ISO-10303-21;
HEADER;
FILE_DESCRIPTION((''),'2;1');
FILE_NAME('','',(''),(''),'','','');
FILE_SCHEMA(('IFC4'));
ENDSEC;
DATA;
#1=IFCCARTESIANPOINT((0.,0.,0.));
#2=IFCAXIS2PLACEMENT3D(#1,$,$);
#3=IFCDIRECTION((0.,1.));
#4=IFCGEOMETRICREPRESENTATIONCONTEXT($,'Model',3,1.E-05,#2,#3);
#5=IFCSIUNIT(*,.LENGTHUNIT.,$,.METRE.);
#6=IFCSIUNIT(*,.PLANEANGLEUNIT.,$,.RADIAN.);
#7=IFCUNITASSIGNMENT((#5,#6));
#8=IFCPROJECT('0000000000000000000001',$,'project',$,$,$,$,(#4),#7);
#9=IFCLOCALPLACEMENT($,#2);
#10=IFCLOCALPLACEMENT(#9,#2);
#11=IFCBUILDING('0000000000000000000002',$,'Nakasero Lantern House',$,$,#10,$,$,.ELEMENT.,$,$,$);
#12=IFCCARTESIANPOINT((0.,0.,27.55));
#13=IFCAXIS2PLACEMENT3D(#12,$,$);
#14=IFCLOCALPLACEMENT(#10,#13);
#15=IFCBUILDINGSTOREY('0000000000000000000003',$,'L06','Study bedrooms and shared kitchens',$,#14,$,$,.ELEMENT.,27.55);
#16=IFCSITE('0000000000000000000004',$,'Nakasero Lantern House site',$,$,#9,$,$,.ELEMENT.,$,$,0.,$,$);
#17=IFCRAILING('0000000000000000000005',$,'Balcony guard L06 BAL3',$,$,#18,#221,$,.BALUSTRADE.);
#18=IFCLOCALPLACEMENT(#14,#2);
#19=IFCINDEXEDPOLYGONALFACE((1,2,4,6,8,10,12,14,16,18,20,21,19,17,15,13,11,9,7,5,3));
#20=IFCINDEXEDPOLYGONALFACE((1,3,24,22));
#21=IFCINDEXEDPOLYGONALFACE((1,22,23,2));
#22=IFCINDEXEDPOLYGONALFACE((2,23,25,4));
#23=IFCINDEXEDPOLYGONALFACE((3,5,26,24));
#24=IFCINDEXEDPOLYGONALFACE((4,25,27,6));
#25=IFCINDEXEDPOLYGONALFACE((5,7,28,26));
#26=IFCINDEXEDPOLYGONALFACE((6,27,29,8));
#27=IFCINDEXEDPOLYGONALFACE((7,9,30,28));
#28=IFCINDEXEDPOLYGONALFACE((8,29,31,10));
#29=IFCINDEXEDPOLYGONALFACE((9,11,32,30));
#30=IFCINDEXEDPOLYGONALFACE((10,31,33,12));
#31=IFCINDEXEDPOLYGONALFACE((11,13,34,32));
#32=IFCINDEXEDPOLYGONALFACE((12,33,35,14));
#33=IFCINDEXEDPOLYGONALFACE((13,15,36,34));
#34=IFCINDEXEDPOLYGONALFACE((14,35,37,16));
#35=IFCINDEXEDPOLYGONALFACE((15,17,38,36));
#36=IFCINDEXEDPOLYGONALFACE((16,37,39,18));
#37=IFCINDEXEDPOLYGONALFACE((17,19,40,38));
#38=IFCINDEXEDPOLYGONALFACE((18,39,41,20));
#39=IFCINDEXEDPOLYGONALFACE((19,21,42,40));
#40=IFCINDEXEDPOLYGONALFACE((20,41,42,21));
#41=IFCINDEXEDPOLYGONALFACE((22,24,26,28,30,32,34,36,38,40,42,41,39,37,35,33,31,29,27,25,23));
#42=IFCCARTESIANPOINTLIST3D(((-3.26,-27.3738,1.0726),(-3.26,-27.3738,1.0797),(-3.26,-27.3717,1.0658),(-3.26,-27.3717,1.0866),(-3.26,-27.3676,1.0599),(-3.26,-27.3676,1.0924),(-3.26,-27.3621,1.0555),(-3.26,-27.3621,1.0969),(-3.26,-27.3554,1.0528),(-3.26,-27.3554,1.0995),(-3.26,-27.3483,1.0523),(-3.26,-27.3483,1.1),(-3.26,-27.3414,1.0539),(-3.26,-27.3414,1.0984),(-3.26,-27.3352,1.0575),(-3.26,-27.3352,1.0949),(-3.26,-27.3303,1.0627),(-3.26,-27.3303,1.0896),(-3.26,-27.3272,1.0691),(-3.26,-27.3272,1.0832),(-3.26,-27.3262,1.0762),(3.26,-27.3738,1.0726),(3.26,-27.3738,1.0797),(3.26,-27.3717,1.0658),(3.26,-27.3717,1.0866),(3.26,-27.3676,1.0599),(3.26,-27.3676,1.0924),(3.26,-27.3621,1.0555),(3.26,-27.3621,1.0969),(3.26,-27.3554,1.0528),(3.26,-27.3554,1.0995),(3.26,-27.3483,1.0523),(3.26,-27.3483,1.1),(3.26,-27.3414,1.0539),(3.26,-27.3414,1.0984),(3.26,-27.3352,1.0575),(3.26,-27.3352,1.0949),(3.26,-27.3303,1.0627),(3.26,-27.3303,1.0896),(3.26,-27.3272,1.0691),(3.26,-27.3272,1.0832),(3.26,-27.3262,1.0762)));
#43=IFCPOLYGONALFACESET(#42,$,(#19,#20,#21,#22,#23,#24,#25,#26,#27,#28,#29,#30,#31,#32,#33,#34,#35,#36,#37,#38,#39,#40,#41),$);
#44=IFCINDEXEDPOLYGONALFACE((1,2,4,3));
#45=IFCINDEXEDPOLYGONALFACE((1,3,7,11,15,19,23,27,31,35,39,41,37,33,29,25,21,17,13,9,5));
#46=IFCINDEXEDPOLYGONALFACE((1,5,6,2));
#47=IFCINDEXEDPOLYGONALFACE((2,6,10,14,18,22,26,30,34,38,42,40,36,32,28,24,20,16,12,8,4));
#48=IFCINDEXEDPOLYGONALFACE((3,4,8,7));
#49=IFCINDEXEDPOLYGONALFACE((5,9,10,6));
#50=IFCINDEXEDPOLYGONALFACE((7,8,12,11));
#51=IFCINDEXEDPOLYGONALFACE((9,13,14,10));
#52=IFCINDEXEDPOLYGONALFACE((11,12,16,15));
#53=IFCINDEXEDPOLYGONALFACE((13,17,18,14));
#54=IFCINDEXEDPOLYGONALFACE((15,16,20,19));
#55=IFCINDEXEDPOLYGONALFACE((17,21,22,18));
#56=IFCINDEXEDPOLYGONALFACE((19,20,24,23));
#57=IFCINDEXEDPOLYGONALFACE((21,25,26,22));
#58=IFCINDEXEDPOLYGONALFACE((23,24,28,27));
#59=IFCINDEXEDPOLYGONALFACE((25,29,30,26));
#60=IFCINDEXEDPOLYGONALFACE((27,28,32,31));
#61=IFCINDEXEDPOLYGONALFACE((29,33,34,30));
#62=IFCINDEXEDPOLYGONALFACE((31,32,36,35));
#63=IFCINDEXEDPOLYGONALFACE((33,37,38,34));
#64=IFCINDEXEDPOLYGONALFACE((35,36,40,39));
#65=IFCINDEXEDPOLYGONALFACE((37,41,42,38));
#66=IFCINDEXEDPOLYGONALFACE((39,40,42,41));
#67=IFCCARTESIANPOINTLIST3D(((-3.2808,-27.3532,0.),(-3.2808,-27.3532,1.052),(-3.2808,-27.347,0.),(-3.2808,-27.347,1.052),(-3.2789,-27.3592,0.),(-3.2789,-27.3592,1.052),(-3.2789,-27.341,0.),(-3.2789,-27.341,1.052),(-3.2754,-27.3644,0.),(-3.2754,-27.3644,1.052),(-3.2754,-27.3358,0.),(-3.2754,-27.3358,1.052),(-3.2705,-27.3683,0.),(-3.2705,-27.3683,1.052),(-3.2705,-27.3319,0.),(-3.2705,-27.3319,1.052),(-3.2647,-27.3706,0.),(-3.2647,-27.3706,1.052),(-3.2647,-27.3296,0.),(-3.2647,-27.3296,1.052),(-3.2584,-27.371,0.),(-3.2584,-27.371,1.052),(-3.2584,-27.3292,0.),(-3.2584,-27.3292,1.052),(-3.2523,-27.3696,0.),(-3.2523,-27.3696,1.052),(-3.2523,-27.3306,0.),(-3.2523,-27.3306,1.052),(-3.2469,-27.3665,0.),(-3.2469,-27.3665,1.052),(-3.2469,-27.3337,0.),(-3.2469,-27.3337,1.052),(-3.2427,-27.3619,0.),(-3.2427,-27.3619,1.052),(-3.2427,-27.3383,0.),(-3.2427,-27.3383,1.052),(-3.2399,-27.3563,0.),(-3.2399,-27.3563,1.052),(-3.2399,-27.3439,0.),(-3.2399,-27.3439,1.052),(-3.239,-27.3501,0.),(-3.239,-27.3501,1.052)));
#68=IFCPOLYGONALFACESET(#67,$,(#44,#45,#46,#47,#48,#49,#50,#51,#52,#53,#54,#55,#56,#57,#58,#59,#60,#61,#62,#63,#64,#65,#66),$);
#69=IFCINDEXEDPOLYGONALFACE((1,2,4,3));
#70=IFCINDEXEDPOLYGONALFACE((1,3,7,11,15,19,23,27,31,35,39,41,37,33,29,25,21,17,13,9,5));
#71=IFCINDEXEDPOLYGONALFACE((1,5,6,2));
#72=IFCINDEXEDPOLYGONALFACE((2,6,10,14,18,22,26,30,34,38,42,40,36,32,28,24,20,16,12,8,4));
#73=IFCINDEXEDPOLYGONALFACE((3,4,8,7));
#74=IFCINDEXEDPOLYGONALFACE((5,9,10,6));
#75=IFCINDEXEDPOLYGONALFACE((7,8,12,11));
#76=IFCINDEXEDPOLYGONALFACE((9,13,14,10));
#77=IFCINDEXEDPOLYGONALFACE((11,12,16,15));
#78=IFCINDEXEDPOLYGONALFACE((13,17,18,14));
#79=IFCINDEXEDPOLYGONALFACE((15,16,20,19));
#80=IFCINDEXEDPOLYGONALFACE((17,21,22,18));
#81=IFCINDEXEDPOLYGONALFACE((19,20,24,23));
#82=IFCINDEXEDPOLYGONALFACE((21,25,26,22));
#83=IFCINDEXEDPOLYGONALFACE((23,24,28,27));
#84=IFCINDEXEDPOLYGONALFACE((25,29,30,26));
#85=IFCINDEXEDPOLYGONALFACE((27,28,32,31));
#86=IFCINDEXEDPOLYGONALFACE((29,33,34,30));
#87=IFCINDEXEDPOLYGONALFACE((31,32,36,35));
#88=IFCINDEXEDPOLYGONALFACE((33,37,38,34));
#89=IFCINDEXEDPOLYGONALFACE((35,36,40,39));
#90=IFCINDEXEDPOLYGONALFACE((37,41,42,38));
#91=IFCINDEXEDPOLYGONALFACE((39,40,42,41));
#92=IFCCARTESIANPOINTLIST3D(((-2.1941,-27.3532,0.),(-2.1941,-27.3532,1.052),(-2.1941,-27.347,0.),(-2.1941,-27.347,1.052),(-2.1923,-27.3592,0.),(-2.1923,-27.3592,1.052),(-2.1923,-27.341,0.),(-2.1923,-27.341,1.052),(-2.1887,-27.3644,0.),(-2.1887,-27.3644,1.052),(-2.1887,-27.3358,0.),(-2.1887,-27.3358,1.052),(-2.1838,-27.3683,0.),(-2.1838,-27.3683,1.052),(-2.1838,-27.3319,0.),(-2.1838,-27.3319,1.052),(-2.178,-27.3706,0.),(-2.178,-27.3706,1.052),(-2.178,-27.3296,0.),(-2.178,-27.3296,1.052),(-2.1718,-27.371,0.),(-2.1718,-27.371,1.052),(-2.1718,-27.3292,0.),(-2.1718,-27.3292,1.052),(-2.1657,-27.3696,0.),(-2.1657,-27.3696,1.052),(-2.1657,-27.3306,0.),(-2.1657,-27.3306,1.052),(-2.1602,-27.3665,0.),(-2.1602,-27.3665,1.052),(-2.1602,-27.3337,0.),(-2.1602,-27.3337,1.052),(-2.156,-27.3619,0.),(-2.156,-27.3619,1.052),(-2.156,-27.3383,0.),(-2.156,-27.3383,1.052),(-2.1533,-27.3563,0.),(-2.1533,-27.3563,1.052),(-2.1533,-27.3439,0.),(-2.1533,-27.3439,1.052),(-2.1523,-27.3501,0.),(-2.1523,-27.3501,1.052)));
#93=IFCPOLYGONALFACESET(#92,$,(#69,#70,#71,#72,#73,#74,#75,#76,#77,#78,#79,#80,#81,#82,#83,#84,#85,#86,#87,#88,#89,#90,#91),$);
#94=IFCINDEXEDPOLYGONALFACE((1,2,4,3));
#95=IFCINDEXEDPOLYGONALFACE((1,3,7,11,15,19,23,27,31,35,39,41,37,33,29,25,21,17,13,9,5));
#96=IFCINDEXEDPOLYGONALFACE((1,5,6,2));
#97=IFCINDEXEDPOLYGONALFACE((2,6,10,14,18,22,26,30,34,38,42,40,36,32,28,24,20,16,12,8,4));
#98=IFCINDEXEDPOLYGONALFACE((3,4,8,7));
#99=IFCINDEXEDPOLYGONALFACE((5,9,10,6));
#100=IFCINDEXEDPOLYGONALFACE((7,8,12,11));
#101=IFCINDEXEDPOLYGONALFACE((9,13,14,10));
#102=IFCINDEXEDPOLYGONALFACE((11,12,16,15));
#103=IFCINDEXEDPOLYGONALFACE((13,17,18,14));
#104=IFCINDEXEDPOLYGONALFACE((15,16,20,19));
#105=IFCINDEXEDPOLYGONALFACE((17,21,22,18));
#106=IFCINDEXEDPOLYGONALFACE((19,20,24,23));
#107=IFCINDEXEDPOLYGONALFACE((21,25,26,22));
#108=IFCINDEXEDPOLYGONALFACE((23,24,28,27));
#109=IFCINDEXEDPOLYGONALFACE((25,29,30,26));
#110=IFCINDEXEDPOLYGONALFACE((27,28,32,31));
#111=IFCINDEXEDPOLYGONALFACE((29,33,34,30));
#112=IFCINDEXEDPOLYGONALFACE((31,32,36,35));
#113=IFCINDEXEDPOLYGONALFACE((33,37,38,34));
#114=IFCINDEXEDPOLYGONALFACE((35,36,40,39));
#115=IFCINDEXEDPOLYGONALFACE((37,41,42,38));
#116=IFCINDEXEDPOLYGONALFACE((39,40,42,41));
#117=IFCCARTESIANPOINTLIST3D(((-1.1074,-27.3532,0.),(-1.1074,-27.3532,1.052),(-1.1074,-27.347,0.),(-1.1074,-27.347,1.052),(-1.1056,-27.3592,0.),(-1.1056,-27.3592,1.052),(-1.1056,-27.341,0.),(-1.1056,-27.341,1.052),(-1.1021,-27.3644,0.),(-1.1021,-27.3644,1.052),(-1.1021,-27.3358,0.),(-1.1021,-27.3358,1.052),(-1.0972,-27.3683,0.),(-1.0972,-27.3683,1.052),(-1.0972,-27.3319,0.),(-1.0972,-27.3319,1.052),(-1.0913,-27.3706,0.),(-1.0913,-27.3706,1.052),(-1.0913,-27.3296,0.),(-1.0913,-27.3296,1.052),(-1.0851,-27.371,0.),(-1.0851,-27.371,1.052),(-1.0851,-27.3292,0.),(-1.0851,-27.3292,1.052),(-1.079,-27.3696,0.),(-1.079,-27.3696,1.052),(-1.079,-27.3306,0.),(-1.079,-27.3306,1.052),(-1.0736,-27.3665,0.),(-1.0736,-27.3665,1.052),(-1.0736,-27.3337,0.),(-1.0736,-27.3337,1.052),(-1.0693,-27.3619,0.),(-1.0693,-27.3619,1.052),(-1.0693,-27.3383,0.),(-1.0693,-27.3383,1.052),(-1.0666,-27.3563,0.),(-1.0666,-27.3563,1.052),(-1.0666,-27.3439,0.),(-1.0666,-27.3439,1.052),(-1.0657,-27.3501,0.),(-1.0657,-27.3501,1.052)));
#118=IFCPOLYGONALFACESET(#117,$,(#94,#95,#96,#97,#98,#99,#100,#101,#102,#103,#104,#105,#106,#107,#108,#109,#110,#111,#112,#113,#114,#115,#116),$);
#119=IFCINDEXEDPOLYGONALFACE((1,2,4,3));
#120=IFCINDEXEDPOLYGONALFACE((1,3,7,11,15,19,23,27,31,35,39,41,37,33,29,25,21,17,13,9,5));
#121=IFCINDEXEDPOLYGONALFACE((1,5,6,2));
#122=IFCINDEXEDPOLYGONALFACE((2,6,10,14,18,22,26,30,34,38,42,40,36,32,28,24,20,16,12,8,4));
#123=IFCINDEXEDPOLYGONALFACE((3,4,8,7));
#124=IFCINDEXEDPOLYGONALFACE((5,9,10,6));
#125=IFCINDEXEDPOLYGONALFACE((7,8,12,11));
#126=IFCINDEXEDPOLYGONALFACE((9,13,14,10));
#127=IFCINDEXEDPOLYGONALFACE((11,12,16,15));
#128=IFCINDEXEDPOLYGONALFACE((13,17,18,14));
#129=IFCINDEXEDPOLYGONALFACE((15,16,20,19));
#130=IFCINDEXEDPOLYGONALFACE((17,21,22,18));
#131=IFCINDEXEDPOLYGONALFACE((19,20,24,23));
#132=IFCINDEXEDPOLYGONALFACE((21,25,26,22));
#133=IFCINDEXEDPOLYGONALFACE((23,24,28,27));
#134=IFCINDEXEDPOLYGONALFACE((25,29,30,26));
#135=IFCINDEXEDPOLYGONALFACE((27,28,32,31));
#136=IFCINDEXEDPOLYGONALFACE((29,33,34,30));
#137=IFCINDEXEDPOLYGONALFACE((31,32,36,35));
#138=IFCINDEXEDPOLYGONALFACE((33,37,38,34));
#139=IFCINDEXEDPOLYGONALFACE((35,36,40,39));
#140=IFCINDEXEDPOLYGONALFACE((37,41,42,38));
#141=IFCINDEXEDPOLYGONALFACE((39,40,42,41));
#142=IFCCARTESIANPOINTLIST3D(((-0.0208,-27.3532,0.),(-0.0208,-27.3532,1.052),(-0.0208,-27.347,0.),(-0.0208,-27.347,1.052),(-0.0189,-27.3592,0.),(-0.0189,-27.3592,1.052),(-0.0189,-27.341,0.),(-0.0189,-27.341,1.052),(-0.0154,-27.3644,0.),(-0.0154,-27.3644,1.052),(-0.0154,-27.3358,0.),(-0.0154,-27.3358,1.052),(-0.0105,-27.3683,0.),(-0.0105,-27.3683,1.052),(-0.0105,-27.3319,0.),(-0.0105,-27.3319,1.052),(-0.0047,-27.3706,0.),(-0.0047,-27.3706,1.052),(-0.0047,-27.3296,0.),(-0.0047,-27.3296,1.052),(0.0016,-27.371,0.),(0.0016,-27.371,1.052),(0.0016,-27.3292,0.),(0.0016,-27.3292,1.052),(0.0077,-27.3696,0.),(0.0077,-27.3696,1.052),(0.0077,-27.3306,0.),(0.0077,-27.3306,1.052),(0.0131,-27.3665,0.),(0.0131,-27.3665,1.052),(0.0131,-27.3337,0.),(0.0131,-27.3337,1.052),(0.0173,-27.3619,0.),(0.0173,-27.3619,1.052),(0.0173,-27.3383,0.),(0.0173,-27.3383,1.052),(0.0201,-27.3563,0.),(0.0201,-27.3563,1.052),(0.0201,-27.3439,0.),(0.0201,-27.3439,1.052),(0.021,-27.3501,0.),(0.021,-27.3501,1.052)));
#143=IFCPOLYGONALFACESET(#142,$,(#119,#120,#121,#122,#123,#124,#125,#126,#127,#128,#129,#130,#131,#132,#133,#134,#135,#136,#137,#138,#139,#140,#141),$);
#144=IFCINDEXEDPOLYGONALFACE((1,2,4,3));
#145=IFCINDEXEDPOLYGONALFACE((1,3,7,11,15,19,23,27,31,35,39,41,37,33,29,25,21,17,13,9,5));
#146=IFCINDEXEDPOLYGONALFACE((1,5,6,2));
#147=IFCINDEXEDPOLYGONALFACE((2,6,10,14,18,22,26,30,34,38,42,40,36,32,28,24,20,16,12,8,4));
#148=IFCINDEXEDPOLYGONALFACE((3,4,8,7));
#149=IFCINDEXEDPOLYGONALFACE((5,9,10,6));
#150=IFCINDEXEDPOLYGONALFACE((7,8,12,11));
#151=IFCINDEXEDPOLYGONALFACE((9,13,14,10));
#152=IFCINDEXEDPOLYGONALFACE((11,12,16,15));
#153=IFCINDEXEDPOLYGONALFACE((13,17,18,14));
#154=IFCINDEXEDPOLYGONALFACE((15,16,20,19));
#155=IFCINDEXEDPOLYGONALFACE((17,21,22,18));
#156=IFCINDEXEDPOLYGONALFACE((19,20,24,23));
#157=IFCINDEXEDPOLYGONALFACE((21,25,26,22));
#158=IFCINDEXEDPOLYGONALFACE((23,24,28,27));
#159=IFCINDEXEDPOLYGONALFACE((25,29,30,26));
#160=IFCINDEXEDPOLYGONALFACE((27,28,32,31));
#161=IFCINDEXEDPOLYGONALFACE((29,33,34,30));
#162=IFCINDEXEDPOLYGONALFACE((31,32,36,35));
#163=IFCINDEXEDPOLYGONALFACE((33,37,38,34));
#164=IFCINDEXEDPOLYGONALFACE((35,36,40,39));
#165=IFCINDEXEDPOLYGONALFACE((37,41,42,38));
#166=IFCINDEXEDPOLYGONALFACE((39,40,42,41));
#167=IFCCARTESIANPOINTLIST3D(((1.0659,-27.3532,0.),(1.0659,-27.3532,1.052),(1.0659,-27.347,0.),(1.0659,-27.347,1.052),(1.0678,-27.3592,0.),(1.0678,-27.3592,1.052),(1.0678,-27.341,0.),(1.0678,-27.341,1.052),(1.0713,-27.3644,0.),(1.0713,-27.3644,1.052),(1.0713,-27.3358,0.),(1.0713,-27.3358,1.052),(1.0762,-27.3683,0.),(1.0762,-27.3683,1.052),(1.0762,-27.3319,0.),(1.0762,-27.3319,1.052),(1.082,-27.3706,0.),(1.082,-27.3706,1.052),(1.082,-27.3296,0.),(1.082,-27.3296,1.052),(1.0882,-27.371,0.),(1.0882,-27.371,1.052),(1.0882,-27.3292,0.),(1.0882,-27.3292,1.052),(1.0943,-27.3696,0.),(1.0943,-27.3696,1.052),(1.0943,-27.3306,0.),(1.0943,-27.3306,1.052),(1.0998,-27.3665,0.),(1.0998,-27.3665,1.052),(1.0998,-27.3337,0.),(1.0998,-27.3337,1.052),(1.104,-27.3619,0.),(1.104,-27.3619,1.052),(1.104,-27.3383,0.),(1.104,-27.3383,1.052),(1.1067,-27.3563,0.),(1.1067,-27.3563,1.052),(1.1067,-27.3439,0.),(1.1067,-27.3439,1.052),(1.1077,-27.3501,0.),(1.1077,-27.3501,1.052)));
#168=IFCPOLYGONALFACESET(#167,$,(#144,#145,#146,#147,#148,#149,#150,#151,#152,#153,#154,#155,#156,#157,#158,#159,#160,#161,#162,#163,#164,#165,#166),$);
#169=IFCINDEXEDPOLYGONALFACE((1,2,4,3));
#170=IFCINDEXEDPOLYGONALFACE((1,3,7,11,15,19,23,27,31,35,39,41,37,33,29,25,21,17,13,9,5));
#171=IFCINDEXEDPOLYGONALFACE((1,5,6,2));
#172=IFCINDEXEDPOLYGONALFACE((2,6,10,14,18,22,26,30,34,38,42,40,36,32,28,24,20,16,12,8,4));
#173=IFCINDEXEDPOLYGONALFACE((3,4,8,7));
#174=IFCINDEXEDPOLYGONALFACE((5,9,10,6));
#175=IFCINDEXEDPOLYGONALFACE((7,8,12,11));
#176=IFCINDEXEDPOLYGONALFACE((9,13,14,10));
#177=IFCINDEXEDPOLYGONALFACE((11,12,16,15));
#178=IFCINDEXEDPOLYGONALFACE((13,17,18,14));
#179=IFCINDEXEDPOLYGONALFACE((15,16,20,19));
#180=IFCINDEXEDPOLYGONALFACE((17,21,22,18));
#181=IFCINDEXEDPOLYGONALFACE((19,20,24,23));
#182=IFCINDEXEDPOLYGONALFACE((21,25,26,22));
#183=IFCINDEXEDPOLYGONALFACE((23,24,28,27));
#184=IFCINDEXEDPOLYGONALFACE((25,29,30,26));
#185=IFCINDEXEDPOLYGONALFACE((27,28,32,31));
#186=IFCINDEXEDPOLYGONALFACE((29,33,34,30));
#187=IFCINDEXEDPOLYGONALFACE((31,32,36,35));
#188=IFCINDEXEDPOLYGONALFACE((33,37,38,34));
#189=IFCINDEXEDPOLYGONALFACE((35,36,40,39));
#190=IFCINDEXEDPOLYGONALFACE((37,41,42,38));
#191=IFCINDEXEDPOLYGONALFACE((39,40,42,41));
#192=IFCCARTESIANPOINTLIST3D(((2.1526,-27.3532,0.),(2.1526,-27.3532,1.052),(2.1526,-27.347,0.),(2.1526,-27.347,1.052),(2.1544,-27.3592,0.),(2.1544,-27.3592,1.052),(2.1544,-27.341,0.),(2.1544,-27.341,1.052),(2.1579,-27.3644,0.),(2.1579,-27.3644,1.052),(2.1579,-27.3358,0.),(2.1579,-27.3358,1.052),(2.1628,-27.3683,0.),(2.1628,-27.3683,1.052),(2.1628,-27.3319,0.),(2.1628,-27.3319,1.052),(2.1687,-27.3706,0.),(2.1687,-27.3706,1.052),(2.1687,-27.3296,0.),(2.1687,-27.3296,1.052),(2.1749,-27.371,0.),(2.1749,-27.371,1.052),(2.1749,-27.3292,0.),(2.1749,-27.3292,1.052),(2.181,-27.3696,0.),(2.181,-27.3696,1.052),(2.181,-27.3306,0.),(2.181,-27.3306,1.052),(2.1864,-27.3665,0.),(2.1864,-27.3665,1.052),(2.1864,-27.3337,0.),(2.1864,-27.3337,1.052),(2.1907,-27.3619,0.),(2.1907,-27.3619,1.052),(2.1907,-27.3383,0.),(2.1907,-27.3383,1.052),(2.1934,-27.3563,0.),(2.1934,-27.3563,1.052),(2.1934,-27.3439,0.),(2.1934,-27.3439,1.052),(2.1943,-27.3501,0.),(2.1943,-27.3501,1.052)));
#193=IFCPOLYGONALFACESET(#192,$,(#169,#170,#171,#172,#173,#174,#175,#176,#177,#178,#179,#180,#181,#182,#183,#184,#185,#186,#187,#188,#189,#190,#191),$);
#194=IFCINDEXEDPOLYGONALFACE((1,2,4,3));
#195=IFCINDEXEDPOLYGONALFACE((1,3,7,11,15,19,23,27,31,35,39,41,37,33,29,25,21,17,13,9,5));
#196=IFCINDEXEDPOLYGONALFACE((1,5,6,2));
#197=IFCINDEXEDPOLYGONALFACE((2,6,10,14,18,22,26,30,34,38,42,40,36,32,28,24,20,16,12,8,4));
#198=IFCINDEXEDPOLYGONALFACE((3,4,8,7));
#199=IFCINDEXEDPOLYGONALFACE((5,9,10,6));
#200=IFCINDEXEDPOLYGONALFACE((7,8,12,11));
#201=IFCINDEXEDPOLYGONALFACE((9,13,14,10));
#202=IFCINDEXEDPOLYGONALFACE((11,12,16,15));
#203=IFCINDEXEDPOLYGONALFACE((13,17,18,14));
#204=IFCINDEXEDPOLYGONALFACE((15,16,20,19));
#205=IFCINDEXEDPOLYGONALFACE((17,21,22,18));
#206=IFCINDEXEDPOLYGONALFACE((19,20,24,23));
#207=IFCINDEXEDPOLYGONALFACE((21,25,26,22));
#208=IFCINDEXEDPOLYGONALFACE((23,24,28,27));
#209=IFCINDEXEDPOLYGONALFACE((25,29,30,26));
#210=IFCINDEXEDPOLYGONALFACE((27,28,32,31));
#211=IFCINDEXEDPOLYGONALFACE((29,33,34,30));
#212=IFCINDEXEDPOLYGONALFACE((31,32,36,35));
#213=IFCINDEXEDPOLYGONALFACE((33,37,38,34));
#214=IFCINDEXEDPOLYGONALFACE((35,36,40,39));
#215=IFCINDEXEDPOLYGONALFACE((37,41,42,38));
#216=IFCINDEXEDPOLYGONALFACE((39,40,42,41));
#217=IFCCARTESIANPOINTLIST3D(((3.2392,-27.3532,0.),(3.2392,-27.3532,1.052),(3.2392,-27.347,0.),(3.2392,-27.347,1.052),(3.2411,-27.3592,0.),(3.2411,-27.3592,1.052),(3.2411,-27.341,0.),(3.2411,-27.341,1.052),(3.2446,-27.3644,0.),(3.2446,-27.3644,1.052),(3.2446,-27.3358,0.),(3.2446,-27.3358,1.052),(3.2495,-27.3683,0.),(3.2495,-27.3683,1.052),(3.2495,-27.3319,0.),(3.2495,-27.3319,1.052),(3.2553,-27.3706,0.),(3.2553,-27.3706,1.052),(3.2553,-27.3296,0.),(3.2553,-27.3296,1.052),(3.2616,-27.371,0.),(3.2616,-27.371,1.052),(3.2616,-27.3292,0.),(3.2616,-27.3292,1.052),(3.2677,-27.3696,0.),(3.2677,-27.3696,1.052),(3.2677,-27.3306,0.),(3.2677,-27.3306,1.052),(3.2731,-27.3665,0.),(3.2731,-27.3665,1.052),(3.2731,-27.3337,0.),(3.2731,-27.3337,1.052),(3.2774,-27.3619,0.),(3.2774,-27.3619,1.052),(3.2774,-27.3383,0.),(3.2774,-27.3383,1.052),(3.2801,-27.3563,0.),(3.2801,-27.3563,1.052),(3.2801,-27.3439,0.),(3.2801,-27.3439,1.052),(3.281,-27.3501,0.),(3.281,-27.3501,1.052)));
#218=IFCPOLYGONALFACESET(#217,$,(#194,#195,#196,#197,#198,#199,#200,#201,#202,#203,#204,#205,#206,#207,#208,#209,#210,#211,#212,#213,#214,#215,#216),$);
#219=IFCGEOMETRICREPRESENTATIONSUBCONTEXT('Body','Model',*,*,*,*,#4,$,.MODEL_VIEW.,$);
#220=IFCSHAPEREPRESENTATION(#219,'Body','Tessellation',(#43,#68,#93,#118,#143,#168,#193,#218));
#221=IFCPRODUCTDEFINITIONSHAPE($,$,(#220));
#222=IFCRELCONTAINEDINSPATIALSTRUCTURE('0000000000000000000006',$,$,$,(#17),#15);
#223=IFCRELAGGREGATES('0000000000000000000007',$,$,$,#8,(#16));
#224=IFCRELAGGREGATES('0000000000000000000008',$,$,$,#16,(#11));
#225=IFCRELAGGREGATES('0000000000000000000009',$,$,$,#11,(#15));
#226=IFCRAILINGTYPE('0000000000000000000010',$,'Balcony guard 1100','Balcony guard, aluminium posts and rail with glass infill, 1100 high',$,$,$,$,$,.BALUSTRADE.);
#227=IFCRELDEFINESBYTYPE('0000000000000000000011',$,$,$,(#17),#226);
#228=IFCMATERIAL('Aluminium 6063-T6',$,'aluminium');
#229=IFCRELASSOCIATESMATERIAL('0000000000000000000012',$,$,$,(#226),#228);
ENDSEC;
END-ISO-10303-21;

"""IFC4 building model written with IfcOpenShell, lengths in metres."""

from ifc_helpers import new_model, si_unit, direction, frame, origin, origin_2d, place, context, subcontext, project, spatial, circle, extrude, material, type_object, element, save


model = new_model("IFC4")

# Units and contexts
model_context = context("Model", 3, precision=1e-05, world=origin(), true_north=direction((0.0, 1.0)))
body_context = subcontext(model_context, "Body", "Model", "MODEL_VIEW")
ifc_project = project(units=[si_unit("LENGTHUNIT", "METRE"), si_unit("PLANEANGLEUNIT", "RADIAN")], contexts=[model_context])

# Site, building, storey
site_placement = place(None, origin())
site = spatial("IfcSite", under=ifc_project, at=site_placement, Name="Nakasero Lantern House site", CompositionType="ELEMENT", RefElevation=0.0)
building_placement = place(site_placement, origin())
building = spatial("IfcBuilding", under=site, at=building_placement, Name="Nakasero Lantern House", CompositionType="ELEMENT")
storey_placement = place(building_placement, frame((0.0, 0.0, 27.55)))
storey = spatial("IfcBuildingStorey", under=building, at=storey_placement, Name="L06", Description="Study bedrooms and shared kitchens", CompositionType="ELEMENT", Elevation=27.55)

# Railing
ifc_material_1 = material(Name="Aluminium 6063-T6", Category="aluminium")
railing_type = type_object("IfcRailingType", Name="Balcony guard 1100", Description="Balcony guard, aluminium posts and rail with glass infill, 1100 high", PredefinedType="BALUSTRADE", material=ifc_material_1)
railing_placement = place(storey_placement, frame((-3.26, -27.3501, 0.0)))
element("IfcRailing", 1, at=railing_placement, inside=storey, type_object=railing_type, Name="Balcony guard L06 BAL3", PredefinedType="BALUSTRADE", context=body_context, shape_type="SweptSolid", body=[
    extrude(circle(Radius=0.0239, at=origin_2d()), frame((0.0, 0.0, 1.0762), z_axis=(1.0, 0.0, 0.0), x_axis=(0.0, 1.0, 0.0)), (0.0, 0.0, 1.0), 6.52),
    extrude(circle(Radius=0.021, at=origin_2d()), origin(), (0.0, 0.0, 1.0), 1.052),
    extrude(circle(Radius=0.021, at=origin_2d()), frame((1.0867, 0.0, 0.0)), (0.0, 0.0, 1.0), 1.052),
    extrude(circle(Radius=0.021, at=origin_2d()), frame((2.1733, 0.0, 0.0)), (0.0, 0.0, 1.0), 1.052),
    extrude(circle(Radius=0.021, at=origin_2d()), frame((3.26, 0.0, 0.0)), (0.0, 0.0, 1.0), 1.052),
    extrude(circle(Radius=0.021, at=origin_2d()), frame((4.3467, 0.0, 0.0)), (0.0, 0.0, 1.0), 1.052),
    extrude(circle(Radius=0.021, at=origin_2d()), frame((5.4333, 0.0, 0.0)), (0.0, 0.0, 1.0), 1.052),
    extrude(circle(Radius=0.021, at=origin_2d()), frame((6.52, 0.0, 0.0)), (0.0, 0.0, 1.0), 1.052),
])

save(model, "model.ifc")
